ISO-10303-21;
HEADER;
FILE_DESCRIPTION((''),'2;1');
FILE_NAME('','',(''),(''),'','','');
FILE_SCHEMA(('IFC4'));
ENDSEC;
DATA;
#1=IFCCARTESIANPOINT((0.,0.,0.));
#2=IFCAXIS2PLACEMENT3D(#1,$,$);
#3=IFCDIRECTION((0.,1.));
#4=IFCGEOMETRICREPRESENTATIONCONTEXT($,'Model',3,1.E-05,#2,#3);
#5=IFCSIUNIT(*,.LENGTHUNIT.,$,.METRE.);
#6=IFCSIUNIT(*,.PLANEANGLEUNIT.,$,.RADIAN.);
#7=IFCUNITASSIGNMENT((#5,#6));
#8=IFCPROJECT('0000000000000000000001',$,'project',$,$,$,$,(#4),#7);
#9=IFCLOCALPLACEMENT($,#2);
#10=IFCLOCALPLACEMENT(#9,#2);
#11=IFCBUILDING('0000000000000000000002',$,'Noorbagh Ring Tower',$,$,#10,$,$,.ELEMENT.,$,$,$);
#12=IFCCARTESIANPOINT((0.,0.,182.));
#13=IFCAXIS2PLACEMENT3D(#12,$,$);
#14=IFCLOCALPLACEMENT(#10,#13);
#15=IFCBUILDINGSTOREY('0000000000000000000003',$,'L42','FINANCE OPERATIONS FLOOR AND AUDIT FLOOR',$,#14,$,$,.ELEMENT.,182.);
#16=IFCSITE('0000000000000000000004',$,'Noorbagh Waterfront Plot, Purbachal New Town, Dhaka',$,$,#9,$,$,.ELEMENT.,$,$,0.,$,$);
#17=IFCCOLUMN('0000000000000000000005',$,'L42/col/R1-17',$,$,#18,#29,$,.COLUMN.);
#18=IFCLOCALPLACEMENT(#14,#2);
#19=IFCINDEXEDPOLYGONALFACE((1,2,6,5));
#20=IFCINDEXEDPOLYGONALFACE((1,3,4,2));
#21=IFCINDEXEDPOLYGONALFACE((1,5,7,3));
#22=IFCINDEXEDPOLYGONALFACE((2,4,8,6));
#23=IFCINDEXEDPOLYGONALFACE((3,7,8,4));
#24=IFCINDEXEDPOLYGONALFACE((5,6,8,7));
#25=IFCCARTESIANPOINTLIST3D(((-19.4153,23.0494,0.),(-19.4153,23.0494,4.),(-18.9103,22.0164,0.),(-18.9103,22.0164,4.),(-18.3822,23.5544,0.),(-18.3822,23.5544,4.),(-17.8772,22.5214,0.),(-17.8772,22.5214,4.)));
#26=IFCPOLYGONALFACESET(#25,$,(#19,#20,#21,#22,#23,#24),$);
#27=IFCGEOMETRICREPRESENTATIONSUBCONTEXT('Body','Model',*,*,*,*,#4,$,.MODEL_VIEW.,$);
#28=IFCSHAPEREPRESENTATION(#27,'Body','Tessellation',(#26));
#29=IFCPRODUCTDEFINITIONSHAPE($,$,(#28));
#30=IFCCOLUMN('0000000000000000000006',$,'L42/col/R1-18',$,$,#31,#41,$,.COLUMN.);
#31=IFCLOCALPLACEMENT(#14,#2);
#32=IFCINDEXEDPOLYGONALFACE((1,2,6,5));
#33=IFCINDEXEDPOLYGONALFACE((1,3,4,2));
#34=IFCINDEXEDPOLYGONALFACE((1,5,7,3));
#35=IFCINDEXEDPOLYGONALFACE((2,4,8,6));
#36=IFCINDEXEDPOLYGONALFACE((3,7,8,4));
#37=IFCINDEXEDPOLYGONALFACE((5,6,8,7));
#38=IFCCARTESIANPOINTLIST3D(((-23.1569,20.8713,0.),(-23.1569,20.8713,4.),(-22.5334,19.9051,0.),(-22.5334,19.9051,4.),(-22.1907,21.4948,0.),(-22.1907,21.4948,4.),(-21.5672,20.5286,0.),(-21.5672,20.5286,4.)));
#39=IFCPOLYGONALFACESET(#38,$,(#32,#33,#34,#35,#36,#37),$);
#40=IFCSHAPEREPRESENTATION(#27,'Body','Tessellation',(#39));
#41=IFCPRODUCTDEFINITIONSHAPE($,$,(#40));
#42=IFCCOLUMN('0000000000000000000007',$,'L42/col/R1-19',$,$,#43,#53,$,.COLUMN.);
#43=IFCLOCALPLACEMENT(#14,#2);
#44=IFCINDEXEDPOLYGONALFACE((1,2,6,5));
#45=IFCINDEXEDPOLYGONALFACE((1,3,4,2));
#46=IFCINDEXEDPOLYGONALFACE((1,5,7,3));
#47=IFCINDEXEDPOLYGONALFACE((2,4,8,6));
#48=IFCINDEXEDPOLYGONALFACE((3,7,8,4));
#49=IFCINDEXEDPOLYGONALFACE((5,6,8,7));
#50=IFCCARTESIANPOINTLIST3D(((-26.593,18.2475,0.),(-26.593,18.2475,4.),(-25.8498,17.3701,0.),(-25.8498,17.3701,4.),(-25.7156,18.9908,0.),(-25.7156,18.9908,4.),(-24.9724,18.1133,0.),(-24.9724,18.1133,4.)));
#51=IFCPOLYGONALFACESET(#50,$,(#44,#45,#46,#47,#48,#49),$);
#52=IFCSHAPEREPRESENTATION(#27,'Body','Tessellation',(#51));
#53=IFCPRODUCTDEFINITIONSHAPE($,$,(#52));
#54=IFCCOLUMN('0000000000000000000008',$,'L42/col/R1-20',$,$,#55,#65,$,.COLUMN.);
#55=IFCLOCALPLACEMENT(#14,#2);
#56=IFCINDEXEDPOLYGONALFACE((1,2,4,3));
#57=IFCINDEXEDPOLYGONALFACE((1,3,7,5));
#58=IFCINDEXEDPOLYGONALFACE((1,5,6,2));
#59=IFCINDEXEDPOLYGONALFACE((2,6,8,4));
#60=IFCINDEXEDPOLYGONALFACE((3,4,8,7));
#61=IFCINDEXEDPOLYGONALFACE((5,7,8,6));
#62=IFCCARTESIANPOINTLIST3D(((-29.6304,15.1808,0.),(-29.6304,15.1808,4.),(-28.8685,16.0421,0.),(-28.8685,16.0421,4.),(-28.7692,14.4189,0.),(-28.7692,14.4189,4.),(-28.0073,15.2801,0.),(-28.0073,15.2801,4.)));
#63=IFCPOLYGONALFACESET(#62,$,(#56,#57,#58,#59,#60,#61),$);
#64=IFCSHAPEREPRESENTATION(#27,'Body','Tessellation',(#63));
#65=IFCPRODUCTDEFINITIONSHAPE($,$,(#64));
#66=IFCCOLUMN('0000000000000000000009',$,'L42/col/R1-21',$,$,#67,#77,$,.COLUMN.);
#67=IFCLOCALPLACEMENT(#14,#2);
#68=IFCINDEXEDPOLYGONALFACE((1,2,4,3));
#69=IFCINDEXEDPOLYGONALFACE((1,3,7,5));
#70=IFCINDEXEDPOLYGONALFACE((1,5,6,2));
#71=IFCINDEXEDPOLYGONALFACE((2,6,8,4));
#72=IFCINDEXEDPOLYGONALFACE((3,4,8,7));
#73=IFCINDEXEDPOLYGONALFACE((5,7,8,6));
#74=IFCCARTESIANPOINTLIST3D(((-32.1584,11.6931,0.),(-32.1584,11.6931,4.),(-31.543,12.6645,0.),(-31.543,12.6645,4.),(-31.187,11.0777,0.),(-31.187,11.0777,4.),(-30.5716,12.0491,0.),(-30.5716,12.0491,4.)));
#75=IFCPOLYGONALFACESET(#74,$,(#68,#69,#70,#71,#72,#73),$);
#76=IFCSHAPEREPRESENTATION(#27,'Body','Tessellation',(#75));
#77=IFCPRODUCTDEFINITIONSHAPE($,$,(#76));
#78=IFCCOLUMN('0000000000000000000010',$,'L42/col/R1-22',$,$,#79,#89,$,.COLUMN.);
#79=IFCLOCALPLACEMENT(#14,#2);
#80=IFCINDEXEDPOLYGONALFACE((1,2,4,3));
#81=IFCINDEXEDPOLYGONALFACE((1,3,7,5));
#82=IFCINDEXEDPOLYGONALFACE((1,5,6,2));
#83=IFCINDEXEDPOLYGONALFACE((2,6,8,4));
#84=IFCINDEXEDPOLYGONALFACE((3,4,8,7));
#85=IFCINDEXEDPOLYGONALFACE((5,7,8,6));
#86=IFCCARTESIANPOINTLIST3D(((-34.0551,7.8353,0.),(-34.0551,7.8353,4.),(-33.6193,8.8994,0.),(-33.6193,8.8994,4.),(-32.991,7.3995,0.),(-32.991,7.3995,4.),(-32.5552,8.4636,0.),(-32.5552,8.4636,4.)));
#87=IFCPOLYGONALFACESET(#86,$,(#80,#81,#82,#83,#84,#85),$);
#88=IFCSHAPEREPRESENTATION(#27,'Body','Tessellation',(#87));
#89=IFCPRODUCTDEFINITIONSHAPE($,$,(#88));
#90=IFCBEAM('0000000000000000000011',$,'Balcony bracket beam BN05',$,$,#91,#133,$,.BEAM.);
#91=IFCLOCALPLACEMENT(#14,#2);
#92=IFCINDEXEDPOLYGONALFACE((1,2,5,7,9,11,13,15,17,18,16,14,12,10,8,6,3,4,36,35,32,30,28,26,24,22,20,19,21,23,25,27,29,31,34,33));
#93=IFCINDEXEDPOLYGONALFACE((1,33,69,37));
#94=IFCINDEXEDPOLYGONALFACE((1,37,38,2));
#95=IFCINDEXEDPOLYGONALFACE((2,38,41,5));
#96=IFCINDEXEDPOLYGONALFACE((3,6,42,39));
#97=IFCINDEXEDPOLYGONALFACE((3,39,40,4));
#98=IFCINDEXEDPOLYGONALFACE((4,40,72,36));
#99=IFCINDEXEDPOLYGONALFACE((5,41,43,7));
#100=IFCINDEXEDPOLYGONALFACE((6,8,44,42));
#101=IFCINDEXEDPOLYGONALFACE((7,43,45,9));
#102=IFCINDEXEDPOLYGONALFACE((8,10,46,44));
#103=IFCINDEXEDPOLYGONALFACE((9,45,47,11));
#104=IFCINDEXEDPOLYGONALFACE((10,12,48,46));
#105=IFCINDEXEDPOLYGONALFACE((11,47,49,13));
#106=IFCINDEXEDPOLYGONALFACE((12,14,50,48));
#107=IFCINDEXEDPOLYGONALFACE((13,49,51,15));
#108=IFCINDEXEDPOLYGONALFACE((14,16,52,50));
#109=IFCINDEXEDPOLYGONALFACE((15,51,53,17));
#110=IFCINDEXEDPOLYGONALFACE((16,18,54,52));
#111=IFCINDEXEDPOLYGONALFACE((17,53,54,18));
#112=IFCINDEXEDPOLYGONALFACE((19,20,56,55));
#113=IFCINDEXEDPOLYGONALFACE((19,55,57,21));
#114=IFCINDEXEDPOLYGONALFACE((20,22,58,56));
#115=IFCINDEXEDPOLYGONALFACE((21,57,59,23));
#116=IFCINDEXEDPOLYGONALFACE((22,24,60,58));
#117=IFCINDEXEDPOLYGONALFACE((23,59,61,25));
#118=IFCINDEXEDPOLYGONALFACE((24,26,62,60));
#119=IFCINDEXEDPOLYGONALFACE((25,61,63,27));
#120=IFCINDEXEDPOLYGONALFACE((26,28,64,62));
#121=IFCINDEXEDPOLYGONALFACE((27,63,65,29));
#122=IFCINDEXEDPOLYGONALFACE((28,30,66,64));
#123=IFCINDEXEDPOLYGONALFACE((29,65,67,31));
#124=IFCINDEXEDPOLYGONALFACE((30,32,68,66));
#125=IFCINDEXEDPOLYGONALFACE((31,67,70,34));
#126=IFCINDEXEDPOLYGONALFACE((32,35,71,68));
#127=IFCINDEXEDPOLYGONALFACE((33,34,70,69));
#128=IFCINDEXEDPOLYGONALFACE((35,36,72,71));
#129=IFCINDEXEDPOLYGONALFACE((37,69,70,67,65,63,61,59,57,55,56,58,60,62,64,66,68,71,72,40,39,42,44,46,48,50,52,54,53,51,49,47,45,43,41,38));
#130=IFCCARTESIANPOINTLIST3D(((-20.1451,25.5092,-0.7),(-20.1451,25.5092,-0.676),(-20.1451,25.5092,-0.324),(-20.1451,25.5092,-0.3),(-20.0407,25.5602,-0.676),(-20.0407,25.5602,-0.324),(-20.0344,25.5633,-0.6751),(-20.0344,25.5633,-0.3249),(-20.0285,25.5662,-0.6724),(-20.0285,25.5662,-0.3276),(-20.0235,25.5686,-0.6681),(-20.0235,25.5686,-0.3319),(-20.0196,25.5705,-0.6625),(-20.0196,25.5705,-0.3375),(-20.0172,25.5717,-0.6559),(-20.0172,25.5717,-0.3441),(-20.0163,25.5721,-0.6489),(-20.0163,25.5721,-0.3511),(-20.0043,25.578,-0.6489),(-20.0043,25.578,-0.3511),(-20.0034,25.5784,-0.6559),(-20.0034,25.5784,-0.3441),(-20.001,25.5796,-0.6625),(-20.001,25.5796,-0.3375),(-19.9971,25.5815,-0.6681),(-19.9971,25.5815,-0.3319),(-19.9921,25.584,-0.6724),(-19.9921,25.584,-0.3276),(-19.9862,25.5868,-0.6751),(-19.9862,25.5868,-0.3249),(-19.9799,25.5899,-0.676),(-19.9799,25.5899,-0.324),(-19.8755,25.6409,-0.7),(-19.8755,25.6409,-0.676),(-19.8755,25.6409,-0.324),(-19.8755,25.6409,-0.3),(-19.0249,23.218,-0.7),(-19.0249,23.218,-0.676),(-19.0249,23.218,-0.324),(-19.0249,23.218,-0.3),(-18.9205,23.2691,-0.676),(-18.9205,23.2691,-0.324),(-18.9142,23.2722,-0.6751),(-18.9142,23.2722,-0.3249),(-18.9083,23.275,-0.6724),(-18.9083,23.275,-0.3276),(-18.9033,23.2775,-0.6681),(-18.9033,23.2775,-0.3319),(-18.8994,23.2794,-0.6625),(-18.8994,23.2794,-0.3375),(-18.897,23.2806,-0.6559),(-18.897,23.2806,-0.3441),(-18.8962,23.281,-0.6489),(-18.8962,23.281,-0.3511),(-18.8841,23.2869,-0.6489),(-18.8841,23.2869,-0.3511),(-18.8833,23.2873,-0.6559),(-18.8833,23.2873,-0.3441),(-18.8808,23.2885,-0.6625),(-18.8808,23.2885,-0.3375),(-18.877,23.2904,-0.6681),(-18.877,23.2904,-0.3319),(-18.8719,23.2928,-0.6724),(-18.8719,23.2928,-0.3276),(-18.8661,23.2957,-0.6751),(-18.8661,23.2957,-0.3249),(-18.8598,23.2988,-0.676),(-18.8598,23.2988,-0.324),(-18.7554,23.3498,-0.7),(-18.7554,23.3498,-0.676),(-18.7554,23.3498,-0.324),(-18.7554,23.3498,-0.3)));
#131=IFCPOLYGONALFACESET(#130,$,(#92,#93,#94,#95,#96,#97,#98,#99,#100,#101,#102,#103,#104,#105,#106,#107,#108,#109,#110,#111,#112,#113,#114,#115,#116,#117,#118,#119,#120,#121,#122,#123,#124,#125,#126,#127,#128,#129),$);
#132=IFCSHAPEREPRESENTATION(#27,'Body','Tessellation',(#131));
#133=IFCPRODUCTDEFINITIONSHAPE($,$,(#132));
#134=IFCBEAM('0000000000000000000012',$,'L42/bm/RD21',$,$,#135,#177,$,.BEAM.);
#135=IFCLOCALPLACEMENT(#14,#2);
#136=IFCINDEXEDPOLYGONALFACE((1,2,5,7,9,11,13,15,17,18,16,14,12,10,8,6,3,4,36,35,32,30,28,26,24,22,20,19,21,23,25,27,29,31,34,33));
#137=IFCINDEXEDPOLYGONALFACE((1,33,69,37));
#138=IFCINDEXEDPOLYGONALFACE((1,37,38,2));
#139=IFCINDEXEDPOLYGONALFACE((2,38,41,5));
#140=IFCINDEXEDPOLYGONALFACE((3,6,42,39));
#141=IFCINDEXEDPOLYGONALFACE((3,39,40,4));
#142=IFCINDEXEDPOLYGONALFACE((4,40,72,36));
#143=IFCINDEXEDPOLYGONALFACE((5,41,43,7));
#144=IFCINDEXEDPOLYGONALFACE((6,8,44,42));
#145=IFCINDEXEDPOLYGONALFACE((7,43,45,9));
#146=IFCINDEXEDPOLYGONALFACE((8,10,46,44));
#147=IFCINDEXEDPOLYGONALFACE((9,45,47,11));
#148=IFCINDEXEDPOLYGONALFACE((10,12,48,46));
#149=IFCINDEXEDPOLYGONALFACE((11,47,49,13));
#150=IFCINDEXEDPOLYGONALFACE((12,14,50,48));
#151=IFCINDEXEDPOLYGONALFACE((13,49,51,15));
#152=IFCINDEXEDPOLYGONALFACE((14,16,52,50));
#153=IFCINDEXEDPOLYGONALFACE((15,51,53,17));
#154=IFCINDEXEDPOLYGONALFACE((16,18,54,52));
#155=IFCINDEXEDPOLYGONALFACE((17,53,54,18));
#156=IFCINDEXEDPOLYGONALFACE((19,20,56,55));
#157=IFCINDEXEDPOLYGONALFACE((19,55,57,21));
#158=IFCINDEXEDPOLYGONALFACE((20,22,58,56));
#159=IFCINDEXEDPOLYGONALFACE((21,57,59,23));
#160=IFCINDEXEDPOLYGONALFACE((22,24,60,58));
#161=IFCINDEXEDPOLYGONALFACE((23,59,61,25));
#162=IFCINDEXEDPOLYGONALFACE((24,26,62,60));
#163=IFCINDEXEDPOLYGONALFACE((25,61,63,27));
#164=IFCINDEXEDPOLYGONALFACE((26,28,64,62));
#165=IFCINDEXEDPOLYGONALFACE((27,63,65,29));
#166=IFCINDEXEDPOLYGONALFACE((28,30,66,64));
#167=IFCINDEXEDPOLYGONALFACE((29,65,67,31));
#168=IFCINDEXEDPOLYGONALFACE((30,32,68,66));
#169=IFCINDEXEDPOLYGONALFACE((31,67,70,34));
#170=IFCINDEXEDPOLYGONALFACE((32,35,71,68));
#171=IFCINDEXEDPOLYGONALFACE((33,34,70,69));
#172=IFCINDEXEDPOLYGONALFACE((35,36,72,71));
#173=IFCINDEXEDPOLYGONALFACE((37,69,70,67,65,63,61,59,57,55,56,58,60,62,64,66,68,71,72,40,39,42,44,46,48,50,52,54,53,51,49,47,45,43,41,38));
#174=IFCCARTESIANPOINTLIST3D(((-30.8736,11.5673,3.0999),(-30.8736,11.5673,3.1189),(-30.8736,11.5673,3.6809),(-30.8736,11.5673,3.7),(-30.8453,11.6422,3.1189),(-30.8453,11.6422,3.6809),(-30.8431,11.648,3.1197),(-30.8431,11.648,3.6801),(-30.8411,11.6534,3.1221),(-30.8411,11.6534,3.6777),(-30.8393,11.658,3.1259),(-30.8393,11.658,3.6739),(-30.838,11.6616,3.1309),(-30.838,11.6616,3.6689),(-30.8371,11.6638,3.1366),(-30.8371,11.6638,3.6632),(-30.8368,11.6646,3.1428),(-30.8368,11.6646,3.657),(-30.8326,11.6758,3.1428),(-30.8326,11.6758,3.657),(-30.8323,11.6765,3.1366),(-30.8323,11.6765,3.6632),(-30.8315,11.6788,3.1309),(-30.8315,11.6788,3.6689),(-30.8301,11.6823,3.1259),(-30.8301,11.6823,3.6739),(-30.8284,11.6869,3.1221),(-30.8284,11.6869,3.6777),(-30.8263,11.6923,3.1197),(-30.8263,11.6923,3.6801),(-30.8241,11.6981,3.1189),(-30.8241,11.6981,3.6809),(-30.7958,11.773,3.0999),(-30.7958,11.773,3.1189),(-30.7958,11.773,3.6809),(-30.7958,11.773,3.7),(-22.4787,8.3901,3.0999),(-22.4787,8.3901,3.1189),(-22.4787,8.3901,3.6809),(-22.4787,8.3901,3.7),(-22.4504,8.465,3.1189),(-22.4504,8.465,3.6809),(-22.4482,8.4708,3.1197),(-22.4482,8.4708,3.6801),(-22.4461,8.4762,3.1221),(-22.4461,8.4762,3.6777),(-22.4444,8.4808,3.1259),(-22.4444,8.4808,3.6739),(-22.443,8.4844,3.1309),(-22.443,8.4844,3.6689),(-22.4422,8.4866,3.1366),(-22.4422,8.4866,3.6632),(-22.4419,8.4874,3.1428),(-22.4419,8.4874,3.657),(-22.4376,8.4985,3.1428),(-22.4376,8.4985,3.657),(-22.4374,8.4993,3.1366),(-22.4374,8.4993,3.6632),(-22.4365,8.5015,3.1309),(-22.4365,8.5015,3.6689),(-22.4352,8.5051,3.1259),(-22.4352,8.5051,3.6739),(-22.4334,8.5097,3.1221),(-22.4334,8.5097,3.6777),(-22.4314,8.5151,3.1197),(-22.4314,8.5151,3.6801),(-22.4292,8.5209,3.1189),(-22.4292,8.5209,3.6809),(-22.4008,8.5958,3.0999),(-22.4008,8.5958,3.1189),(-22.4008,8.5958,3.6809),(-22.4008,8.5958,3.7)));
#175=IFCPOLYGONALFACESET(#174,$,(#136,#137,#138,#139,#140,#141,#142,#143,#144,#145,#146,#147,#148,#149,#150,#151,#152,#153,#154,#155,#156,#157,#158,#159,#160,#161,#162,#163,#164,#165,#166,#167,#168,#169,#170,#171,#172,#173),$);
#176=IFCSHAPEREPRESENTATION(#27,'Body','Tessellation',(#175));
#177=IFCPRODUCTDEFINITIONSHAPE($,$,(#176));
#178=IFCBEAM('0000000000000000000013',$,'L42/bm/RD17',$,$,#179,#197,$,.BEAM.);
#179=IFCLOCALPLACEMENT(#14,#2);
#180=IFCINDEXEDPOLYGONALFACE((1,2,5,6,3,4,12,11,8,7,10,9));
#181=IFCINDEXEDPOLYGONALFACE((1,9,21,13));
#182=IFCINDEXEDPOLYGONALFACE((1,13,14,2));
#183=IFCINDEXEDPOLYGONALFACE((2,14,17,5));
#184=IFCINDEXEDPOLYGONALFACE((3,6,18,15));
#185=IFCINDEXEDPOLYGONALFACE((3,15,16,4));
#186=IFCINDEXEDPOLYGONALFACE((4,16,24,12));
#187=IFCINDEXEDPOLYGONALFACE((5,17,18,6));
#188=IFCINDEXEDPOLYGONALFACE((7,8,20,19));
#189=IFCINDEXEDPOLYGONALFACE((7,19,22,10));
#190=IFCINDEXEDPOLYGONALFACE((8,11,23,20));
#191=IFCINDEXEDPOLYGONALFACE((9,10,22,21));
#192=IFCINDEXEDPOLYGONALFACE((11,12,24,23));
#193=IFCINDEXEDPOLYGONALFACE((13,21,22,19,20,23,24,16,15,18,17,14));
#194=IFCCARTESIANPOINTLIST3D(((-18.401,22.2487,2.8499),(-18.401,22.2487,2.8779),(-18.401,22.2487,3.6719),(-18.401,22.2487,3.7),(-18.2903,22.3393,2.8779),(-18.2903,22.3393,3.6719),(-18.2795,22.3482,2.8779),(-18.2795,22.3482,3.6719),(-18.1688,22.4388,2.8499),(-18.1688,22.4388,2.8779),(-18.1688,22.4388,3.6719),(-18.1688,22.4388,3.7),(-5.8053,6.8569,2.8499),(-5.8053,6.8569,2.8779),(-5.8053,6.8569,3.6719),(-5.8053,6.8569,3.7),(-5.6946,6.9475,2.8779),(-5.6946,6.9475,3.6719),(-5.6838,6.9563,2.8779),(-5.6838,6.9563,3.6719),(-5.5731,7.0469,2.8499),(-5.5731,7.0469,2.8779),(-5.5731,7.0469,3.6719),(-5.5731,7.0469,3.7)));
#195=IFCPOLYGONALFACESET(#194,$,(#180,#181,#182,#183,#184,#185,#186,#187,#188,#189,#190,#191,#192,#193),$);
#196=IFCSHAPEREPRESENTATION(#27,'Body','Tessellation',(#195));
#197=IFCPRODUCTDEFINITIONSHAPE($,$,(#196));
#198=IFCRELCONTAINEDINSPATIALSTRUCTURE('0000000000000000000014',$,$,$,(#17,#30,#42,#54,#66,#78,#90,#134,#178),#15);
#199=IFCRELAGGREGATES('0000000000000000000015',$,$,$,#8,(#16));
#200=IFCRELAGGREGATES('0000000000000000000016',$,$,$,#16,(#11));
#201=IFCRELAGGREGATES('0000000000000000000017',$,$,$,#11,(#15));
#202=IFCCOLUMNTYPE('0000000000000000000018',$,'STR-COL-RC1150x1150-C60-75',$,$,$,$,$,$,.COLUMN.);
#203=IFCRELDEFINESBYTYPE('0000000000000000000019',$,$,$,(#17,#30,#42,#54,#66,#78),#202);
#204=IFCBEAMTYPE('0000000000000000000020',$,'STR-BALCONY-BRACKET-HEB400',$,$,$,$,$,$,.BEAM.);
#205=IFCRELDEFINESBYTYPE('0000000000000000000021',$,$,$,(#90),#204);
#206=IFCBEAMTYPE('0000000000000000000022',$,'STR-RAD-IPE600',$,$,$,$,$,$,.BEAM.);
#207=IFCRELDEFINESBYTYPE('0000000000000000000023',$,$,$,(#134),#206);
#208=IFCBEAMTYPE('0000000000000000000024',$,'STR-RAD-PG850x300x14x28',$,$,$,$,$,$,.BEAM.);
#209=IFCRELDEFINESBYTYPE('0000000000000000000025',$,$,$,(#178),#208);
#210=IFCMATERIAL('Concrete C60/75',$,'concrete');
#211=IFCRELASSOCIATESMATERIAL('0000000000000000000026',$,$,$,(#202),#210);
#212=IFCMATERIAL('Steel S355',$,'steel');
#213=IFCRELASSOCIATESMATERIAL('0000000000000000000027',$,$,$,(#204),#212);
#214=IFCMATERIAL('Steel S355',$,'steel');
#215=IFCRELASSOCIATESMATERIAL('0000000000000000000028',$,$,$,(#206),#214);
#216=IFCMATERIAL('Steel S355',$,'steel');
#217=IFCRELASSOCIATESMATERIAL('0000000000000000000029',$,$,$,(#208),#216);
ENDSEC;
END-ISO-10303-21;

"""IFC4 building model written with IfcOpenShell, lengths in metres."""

from ifc_helpers import new_model, si_unit, direction, frame, origin, origin_2d, place, context, subcontext, project, spatial, rectangle, i_section, extrude, material, material_profile, profile_set, type_object, element, save


model = new_model("IFC4")

# Units and contexts
model_context = context("Model", 3, precision=1e-05, world=origin(), true_north=direction((0.0, 1.0)))
body_context = subcontext(model_context, "Body", "Model", "MODEL_VIEW")
ifc_project = project(units=[si_unit("LENGTHUNIT", "METRE"), si_unit("PLANEANGLEUNIT", "RADIAN")], contexts=[model_context])

# Site, building, storey
site_placement = place(None, origin())
site = spatial("IfcSite", under=ifc_project, at=site_placement, Name="Noorbagh Waterfront Plot, Purbachal New Town, Dhaka", CompositionType="ELEMENT", RefElevation=0.0)
building_placement = place(site_placement, origin())
building = spatial("IfcBuilding", under=site, at=building_placement, Name="Noorbagh Ring Tower", CompositionType="ELEMENT")
storey_placement = place(building_placement, frame((0.0, 0.0, 182.0)))
storey = spatial("IfcBuildingStorey", under=building, at=storey_placement, Name="L42", Description="FINANCE OPERATIONS FLOOR AND AUDIT FLOOR", CompositionType="ELEMENT", Elevation=182.0)

# Columns
ifc_material_1 = material(Name="Concrete C60/75", Category="concrete")
ifc_material_profile_1 = material_profile(ifc_material_1, rectangle(XDim=1.1499, YDim=1.1499, at=origin_2d()), Name="RC1150x1150")
ifc_profile_set_1 = profile_set([ifc_material_profile_1], Name="Concrete C60/75")
column_type = type_object("IfcColumnType", Name="STR-COL-RC1150x1150-C60-75", PredefinedType="COLUMN", material=ifc_profile_set_1)
for number, where, z_axis, x_axis, name in (
    (1, (-18.6462, 22.7854, 0.0), (0.0, 0.0, 1.0), (-0.898399, -0.43918, 0.0), "L42/col/R1-17"),
    (2, (-22.3621, 20.7, 0.0), (0.0, 0.0, 1.0), (-0.840248, -0.542203, 0.0), "L42/col/R1-18"),
    (3, (-25.7827, 18.1804, 0.0), (0.0, 0.0, 1.0), (-0.763035, -0.646357, 0.0), "L42/col/R1-19"),
    (4, (-28.8188, 15.2305, 0.0), (0.0, 0.0, 1.0), (-0.662636, -0.748942, 0.0), "L42/col/R1-20"),
    (5, (-31.365, 11.8711, 0.0), (0.0, 0.0, 1.0), (-0.53519, -0.844731, 0.0), "L42/col/R1-21"),
    (6, (-33.3052, 8.1494, 0.0), (0.0, 0.0, 1.0), (-0.378989, -0.925401, 0.0), "L42/col/R1-22"),
):
    element("IfcColumn", number, at=place(storey_placement, frame(where, z_axis=z_axis, x_axis=x_axis)), inside=storey, type_object=column_type, Name=name, PredefinedType="COLUMN", context=body_context, shape_type="SweptSolid", body=[
        extrude(rectangle(XDim=1.1499, YDim=1.1499, at=origin_2d()), origin(), (0.0, 0.0, 1.0), 4.0),
    ])

# Beams
ifc_material_2 = material(Name="Steel S355", Category="steel")
ifc_material_profile_2 = material_profile(ifc_material_2, i_section(OverallWidth=0.3, OverallDepth=0.3999, WebThickness=0.0134, FlangeThickness=0.0239, FilletRadius=0.0271, at=origin_2d()), Name="HEB400")
ifc_profile_set_2 = profile_set([ifc_material_profile_2], Name="Steel S355")
beam_type_1 = type_object("IfcBeamType", Name="STR-BALCONY-BRACKET-HEB400", PredefinedType="BEAM", material=ifc_profile_set_2)
beam_1_placement = place(storey_placement, frame((-18.8901, 23.2839, -0.5), z_axis=(-0.439231, 0.898374, 0.0), x_axis=(-0.898374, -0.439231, 0.0)))
element("IfcBeam", 7, at=beam_1_placement, inside=storey, type_object=beam_type_1, Name="Balcony bracket beam BN05", PredefinedType="BEAM", context=body_context, shape_type="SweptSolid", body=[
    extrude(i_section(OverallWidth=0.3, OverallDepth=0.3999, WebThickness=0.0134, FlangeThickness=0.0239, FilletRadius=0.0271, at=origin_2d()), origin(), (0.0, 0.0, 1.0), 2.5503),
])
ifc_material_3 = material(Name="Steel S355", Category="steel")
ifc_material_profile_3 = material_profile(ifc_material_3, i_section(OverallWidth=0.22, OverallDepth=0.6001, WebThickness=0.012, FlangeThickness=0.019, FilletRadius=0.0239, at=origin_2d()), Name="IPE600")
ifc_profile_set_3 = profile_set([ifc_material_profile_3], Name="Steel S355")
beam_type_2 = type_object("IfcBeamType", Name="STR-RAD-IPE600", PredefinedType="BEAM", material=ifc_profile_set_3)
beam_2_placement = place(storey_placement, frame((-30.8347, 11.6702, 3.3999), z_axis=(0.935259, -0.353965, 0.0), x_axis=(0.353965, 0.935259, 0.0)))
element("IfcBeam", 8, at=beam_2_placement, inside=storey, type_object=beam_type_2, Name="L42/bm/RD21", PredefinedType="BEAM", context=body_context, shape_type="SweptSolid", body=[
    extrude(i_section(OverallWidth=0.22, OverallDepth=0.6001, WebThickness=0.012, FlangeThickness=0.019, FilletRadius=0.0239, at=origin_2d()), origin(), (0.0, 0.0, 1.0), 8.9761),
])
ifc_material_4 = material(Name="Steel S355", Category="steel")
ifc_material_profile_4 = material_profile(ifc_material_4, i_section(OverallWidth=0.3, OverallDepth=0.8501, WebThickness=0.0139, FlangeThickness=0.0281, at=origin_2d()), Name="PG850x300x14x28")
ifc_profile_set_4 = profile_set([ifc_material_profile_4], Name="Steel S355")
beam_type_3 = type_object("IfcBeamType", Name="STR-RAD-PG850x300x14x28", PredefinedType="BEAM", material=ifc_profile_set_4)
beam_3_placement = place(storey_placement, frame((-18.2849, 22.3438, 3.2749), z_axis=(0.633309, -0.773899, 0.0), x_axis=(0.773899, 0.633309, 0.0)))
element("IfcBeam", 9, at=beam_3_placement, inside=storey, type_object=beam_type_3, Name="L42/bm/RD17", PredefinedType="BEAM", context=body_context, shape_type="SweptSolid", body=[
    extrude(i_section(OverallWidth=0.3, OverallDepth=0.8501, WebThickness=0.0139, FlangeThickness=0.0281, at=origin_2d()), origin(), (0.0, 0.0, 1.0), 19.8887),
])

save(model, "model.ifc")
